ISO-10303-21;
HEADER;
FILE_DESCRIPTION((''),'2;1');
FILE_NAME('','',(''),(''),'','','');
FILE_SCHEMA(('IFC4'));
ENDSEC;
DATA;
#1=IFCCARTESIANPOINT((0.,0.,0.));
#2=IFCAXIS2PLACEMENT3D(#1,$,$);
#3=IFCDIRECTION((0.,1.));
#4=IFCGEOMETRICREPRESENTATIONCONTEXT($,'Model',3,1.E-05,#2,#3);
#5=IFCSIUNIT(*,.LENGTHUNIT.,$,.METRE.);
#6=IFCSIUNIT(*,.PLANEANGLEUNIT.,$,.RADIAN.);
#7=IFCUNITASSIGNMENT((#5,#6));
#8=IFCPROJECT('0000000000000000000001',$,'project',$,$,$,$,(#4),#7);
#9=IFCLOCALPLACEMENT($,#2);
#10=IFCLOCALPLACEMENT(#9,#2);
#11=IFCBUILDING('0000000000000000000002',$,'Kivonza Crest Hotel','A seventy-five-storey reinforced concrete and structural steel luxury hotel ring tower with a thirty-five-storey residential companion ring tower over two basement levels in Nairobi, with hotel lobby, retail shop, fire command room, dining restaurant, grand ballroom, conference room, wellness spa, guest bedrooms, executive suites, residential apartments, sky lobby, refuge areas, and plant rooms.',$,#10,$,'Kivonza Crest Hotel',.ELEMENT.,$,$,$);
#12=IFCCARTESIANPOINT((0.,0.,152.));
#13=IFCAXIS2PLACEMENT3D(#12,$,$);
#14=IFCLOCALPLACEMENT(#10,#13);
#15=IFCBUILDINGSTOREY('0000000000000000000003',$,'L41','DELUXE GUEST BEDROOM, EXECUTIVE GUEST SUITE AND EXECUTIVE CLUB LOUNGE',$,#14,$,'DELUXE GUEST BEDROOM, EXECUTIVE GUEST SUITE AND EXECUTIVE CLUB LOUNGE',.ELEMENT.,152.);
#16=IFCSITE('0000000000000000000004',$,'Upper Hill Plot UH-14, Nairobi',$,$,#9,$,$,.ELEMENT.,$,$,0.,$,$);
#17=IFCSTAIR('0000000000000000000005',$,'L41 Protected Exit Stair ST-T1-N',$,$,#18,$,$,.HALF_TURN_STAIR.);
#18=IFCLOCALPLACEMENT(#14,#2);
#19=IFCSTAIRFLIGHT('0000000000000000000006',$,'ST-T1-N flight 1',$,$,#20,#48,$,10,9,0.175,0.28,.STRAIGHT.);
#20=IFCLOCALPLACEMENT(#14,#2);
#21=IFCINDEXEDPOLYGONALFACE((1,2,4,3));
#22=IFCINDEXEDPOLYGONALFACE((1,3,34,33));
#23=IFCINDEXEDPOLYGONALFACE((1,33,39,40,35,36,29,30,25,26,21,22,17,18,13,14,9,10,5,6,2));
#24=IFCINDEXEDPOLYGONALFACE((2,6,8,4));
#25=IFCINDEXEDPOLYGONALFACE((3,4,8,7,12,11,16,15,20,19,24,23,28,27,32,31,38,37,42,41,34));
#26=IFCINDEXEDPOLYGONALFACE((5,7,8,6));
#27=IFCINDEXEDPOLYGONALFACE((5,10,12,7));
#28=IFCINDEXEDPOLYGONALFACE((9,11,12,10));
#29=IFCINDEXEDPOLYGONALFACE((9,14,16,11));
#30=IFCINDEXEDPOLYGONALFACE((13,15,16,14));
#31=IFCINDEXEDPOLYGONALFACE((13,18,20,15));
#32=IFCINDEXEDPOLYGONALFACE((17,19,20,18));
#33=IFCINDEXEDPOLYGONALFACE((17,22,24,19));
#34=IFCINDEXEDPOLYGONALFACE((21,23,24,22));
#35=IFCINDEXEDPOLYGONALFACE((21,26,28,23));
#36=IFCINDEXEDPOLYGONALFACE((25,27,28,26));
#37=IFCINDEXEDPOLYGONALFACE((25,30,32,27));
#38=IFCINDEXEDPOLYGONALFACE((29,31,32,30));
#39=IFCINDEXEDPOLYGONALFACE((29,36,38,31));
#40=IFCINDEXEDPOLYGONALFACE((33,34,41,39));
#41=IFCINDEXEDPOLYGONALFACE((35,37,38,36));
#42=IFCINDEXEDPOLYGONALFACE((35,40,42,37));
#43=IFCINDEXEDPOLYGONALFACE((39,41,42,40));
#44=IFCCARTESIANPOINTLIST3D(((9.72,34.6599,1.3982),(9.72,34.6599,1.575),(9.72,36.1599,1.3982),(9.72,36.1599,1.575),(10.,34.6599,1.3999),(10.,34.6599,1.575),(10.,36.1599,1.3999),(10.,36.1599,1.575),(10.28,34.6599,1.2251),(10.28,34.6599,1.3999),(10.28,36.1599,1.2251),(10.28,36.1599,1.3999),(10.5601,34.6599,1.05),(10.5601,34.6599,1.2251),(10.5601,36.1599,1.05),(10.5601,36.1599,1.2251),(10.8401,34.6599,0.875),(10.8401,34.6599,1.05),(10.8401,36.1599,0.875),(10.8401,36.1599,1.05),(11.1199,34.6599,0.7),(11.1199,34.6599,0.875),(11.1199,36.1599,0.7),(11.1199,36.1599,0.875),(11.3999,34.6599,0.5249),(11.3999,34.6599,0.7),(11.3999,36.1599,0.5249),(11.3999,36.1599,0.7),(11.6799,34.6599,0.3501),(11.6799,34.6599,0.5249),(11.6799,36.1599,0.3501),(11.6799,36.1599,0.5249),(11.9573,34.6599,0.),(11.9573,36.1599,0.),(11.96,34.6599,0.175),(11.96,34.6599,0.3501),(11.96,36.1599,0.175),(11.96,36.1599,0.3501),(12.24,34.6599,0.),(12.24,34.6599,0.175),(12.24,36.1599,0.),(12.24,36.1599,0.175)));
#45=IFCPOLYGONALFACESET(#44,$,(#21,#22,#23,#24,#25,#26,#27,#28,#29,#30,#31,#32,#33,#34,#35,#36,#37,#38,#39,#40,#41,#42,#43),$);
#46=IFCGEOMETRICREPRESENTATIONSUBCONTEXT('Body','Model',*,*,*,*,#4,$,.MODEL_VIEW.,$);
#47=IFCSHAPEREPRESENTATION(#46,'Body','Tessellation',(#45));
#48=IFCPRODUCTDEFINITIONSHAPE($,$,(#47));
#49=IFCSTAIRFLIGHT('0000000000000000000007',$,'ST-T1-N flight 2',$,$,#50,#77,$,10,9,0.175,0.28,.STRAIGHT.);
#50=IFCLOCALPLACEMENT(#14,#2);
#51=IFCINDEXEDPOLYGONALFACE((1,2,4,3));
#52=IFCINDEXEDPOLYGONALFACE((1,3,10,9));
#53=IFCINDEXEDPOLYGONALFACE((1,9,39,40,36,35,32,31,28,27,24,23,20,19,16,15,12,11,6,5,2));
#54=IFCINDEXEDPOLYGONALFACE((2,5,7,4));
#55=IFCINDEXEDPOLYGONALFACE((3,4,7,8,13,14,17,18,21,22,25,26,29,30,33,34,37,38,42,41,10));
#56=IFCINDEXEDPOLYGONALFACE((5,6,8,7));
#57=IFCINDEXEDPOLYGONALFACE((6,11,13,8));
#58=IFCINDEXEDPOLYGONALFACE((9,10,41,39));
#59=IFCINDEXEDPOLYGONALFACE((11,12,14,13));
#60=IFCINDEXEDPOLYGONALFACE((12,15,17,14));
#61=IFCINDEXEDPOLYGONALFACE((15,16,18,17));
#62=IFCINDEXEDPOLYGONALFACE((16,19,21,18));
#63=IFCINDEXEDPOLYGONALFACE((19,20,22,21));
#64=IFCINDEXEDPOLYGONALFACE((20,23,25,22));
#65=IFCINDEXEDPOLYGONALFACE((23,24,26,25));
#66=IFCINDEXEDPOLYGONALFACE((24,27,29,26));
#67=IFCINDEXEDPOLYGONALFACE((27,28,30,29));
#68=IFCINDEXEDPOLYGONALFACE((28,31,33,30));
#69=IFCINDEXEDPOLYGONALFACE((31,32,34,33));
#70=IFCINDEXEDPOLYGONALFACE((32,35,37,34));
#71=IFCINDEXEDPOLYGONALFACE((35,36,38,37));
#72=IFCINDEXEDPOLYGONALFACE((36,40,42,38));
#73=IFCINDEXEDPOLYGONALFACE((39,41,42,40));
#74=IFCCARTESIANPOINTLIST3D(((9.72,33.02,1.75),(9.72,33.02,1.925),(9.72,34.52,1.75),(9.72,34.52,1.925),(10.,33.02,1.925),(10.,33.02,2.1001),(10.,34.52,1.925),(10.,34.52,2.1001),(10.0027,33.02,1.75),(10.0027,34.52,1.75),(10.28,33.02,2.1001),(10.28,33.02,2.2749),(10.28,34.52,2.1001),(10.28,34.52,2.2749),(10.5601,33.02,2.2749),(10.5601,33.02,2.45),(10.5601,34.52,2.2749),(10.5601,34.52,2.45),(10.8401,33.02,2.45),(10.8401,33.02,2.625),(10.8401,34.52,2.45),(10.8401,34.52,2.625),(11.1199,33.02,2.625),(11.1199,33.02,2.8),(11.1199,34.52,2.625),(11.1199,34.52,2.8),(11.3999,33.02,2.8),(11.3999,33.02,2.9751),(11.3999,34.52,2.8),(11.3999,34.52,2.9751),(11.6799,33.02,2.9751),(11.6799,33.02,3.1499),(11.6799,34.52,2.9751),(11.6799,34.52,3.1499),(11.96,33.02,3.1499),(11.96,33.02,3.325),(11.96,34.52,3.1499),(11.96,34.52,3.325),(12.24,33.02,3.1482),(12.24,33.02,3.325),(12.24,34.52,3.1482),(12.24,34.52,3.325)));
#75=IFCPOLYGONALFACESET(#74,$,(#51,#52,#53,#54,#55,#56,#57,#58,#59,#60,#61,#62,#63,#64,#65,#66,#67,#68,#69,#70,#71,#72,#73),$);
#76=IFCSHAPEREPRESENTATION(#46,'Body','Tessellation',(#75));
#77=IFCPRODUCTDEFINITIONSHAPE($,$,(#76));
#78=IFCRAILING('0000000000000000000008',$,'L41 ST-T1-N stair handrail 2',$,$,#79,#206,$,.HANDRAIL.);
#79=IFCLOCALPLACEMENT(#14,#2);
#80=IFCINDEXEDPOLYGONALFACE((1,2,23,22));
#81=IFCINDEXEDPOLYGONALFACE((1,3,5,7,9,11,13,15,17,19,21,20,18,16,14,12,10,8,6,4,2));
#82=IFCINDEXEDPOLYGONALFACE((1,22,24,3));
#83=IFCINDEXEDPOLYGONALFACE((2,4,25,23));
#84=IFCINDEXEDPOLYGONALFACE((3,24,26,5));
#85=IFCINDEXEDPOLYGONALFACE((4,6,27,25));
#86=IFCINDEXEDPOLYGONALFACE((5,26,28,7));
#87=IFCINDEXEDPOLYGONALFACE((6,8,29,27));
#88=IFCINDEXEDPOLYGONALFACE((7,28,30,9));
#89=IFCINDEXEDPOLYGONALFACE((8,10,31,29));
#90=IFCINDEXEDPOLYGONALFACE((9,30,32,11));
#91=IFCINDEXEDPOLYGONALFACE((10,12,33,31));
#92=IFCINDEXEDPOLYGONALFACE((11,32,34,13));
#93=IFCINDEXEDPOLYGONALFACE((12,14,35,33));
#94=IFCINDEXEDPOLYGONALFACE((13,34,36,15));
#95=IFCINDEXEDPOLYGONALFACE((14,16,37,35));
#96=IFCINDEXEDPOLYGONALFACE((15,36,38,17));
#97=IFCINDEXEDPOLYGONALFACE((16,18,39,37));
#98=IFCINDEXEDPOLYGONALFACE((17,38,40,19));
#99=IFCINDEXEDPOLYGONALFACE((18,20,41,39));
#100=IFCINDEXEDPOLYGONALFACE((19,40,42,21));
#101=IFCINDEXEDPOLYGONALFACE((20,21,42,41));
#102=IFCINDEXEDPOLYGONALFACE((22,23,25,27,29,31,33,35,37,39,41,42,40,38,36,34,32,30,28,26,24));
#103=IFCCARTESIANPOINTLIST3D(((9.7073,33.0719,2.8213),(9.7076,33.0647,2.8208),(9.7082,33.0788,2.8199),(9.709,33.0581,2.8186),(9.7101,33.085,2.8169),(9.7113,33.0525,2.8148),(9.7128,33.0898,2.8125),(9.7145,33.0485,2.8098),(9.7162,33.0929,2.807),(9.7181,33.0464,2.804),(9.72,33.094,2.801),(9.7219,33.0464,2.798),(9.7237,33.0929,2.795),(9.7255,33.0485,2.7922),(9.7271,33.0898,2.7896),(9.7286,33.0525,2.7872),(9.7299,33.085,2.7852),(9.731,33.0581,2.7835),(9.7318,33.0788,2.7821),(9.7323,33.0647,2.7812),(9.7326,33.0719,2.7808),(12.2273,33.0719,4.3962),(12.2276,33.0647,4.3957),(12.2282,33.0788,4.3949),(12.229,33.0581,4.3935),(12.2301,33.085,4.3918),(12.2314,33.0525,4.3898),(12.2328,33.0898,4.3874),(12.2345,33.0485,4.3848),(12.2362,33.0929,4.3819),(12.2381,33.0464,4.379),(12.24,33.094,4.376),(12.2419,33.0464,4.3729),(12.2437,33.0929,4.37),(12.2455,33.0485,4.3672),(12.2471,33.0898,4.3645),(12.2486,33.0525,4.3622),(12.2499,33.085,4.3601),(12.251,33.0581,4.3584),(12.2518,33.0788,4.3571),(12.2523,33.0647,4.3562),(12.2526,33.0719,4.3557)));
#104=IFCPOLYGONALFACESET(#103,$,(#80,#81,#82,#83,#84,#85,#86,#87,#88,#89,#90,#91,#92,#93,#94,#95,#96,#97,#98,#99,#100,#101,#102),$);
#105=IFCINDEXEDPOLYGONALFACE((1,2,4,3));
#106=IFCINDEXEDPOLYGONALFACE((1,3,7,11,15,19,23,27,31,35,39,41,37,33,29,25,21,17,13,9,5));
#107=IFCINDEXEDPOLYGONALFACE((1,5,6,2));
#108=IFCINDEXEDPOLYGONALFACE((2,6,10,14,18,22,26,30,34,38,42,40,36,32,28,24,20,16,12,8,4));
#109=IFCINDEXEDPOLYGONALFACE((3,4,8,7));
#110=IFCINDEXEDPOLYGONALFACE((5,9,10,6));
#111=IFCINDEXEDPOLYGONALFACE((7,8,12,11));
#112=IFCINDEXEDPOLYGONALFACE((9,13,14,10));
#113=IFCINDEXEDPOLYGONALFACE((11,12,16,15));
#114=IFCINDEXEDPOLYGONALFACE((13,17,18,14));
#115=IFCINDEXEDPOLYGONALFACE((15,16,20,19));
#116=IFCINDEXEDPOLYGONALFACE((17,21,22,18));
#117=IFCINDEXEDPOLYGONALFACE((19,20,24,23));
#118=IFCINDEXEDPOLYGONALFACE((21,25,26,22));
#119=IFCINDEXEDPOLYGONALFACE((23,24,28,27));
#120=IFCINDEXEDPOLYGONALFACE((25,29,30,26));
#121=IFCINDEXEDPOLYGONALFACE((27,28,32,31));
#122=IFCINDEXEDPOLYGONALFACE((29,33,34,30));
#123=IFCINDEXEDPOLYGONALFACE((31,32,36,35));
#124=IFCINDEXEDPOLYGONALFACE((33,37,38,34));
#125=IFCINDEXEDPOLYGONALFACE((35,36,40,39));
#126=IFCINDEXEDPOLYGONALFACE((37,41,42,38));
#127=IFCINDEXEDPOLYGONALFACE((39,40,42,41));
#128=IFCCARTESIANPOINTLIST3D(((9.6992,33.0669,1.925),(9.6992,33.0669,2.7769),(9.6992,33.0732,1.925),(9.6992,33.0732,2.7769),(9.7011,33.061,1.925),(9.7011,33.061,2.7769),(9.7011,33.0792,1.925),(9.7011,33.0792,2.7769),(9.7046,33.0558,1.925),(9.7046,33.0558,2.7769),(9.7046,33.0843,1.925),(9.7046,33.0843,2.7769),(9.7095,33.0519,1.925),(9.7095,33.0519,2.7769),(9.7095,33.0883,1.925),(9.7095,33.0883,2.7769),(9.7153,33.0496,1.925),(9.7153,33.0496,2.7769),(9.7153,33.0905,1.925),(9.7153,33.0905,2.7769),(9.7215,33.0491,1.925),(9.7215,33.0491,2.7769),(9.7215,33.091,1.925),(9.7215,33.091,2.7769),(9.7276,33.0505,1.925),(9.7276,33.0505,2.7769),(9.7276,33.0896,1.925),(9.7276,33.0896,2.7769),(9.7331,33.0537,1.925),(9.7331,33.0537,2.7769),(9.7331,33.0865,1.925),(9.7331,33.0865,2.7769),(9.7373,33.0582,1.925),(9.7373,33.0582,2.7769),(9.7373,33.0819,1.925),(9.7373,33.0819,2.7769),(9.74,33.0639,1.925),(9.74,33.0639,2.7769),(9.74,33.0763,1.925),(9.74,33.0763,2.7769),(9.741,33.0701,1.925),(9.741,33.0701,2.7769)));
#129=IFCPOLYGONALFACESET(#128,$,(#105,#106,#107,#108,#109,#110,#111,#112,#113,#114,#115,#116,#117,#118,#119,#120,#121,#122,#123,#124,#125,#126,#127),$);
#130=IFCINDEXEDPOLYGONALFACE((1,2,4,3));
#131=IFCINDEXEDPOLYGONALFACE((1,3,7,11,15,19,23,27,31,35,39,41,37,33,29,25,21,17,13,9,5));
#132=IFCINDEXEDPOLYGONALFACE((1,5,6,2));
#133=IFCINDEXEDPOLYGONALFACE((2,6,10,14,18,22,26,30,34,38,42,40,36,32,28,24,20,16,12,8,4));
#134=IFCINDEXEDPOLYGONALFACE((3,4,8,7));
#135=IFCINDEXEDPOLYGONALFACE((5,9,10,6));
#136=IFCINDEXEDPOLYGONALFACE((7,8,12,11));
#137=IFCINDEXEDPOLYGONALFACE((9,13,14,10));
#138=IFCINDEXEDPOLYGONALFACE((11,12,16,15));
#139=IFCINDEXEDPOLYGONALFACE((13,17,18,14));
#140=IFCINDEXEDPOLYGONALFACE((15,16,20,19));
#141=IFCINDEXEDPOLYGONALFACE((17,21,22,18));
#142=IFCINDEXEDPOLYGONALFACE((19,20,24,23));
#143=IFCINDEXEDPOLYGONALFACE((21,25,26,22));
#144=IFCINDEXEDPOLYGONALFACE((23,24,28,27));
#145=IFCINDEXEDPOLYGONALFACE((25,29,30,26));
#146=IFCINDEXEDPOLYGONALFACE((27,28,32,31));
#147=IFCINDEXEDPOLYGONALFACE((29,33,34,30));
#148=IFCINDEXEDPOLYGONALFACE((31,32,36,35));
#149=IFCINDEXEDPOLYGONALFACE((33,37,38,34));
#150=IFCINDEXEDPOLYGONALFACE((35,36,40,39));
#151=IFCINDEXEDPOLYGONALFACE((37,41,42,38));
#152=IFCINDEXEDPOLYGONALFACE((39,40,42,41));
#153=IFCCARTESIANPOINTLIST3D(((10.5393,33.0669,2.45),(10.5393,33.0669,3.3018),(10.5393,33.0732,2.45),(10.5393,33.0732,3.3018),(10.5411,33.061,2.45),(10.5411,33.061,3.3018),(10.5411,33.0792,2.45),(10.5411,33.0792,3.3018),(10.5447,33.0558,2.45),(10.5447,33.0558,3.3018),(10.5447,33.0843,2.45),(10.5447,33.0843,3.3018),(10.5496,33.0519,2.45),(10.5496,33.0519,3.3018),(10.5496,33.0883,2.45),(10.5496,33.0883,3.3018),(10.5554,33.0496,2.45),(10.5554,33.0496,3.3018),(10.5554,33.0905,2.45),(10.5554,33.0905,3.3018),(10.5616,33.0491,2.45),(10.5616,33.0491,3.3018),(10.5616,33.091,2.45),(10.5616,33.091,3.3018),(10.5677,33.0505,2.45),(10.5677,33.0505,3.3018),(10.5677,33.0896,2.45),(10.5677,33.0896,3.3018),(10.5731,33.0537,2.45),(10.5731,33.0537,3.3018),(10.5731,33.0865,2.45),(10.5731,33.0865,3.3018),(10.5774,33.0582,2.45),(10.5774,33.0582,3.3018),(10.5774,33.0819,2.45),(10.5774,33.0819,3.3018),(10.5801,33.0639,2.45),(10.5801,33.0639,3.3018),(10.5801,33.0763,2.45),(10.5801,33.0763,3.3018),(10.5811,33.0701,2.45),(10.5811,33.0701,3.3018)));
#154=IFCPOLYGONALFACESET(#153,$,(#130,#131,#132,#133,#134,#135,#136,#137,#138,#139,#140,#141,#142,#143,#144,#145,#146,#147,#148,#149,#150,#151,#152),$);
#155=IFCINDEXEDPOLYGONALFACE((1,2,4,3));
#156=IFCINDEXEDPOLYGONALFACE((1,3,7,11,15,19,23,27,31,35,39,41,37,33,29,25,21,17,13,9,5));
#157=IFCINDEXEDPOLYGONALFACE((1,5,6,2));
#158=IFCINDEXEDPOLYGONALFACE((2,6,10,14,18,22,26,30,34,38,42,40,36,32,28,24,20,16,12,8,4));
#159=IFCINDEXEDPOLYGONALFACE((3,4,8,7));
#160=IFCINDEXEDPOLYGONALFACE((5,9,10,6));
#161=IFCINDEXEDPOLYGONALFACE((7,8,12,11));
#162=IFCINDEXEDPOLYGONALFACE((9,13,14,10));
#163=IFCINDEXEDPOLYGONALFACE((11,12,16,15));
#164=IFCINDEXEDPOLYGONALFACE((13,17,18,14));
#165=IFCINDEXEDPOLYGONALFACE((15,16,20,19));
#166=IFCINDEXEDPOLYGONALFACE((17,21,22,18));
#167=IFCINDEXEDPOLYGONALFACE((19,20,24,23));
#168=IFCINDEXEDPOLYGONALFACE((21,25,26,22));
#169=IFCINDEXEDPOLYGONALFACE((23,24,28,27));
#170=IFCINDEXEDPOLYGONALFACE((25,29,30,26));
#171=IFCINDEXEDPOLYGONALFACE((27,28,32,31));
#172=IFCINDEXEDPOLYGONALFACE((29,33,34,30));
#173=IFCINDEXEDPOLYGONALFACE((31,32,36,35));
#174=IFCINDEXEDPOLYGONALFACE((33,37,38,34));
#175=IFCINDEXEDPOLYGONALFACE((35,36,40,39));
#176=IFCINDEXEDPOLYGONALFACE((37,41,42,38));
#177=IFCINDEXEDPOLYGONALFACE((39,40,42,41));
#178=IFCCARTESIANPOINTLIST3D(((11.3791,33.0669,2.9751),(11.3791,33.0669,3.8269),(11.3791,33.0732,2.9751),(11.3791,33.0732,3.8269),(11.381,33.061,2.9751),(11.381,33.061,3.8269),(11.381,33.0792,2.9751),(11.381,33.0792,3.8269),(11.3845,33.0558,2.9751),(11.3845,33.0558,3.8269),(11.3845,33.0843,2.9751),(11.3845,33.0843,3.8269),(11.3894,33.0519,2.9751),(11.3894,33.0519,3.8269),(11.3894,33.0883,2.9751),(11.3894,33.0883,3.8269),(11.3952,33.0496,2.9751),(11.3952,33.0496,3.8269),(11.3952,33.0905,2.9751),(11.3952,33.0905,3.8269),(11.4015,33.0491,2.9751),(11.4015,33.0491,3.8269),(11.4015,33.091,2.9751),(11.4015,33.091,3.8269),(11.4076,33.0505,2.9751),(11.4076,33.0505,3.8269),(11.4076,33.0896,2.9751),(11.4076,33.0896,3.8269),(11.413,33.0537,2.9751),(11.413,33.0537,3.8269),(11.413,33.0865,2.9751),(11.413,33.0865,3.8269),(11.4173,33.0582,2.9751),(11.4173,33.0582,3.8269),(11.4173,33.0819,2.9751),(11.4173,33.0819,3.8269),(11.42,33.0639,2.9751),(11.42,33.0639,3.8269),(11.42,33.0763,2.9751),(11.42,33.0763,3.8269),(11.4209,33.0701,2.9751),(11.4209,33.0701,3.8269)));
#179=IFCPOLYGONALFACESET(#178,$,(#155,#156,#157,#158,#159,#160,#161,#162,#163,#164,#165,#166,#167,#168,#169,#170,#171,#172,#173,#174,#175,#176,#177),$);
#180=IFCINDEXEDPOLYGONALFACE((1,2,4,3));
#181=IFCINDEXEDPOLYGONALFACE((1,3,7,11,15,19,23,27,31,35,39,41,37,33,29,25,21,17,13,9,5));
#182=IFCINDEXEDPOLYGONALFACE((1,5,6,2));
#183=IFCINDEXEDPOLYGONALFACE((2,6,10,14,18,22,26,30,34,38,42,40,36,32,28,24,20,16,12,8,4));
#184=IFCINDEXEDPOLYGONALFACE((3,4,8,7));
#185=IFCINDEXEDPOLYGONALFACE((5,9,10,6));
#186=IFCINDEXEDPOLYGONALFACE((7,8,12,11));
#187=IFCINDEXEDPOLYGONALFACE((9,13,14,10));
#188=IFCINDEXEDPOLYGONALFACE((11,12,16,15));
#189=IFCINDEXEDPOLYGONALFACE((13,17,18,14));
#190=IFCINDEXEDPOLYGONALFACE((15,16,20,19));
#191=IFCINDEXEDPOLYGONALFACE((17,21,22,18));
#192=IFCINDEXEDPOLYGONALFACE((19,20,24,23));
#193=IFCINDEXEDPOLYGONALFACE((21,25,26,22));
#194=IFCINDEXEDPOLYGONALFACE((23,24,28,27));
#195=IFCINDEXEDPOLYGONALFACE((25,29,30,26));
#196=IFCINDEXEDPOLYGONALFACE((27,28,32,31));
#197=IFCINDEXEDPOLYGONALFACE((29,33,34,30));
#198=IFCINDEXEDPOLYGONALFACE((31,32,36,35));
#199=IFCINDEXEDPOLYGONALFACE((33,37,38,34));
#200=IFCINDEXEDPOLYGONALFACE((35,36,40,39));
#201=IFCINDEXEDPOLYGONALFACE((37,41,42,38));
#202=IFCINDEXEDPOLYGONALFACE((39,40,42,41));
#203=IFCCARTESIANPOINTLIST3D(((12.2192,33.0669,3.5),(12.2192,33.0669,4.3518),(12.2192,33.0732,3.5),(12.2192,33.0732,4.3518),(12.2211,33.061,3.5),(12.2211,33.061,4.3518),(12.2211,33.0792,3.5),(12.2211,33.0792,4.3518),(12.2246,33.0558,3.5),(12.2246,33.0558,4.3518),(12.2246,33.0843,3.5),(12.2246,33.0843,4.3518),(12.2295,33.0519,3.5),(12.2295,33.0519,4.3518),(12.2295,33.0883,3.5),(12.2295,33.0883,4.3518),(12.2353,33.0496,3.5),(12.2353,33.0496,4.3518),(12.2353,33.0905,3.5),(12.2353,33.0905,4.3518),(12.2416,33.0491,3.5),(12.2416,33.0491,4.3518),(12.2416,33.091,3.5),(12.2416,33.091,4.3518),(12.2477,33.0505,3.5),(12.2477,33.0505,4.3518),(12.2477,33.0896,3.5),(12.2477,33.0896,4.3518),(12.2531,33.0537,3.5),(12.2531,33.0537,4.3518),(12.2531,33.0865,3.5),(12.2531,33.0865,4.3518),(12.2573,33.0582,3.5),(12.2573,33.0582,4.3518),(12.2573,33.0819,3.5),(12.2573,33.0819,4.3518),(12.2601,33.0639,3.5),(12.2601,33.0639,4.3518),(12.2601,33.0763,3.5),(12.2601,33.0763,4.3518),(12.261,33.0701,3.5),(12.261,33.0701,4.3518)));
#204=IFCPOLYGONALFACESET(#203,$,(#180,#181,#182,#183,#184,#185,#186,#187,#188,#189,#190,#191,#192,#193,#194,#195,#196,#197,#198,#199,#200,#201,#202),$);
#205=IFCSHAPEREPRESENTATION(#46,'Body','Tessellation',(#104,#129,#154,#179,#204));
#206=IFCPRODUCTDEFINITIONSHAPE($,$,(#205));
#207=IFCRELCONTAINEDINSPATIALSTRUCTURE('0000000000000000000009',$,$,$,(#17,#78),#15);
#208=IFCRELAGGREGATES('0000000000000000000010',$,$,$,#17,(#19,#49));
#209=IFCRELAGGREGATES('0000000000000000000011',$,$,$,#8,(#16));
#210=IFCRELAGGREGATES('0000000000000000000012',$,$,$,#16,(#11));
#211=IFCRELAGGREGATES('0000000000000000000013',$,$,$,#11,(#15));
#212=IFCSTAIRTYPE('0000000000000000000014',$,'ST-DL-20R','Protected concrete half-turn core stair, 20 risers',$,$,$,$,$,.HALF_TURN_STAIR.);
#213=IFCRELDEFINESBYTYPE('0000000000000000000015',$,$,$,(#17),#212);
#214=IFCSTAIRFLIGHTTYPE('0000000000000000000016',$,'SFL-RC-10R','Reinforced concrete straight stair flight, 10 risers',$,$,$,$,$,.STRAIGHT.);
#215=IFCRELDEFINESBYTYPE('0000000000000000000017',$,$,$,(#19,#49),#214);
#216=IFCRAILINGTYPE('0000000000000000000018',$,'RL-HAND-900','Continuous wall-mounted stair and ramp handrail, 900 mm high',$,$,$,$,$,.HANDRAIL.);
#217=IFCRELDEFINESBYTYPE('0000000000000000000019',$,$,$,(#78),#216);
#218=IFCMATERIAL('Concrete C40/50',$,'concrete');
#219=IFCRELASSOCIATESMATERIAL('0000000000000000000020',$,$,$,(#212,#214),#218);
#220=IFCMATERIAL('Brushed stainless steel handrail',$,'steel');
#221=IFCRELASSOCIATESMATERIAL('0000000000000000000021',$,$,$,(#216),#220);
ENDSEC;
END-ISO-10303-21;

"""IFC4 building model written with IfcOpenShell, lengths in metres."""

from ifc_helpers import new_model, si_unit, direction, frame, origin, origin_2d, place, context, subcontext, project, spatial, polyline, circle, outline, extrude, material, type_object, element, aggregate, save


model = new_model("IFC4")

# Units and contexts
model_context = context("Model", 3, precision=1e-05, world=origin(), true_north=direction((0.0, 1.0)))
body_context = subcontext(model_context, "Body", "Model", "MODEL_VIEW")
ifc_project = project(units=[si_unit("LENGTHUNIT", "METRE"), si_unit("PLANEANGLEUNIT", "RADIAN")], contexts=[model_context])

# Site, building, storey
site_placement = place(None, origin())
site = spatial("IfcSite", under=ifc_project, at=site_placement, Name="Upper Hill Plot UH-14, Nairobi", CompositionType="ELEMENT", RefElevation=0.0)
building_placement = place(site_placement, origin())
building = spatial("IfcBuilding", under=site, at=building_placement, Name="Kivonza Crest Hotel", Description="A seventy-five-storey reinforced concrete and structural steel luxury hotel ring tower with a thirty-five-storey residential companion ring tower over two basement levels in Nairobi, with hotel lobby, retail shop, fire command room, dining restaurant, grand ballroom, conference room, wellness spa, guest bedrooms, executive suites, residential apartments, sky lobby, refuge areas, and plant rooms.", LongName="Kivonza Crest Hotel", CompositionType="ELEMENT")
storey_placement = place(building_placement, frame((0.0, 0.0, 152.0)))
storey = spatial("IfcBuildingStorey", under=building, at=storey_placement, Name="L41", Description="DELUXE GUEST BEDROOM, EXECUTIVE GUEST SUITE AND EXECUTIVE CLUB LOUNGE", LongName="DELUXE GUEST BEDROOM, EXECUTIVE GUEST SUITE AND EXECUTIVE CLUB LOUNGE", CompositionType="ELEMENT", Elevation=152.0)

# Stair, stair flights
ifc_material_1 = material(Name="Concrete C40/50", Category="concrete")
stair_type = type_object("IfcStairType", Name="ST-DL-20R", Description="Protected concrete half-turn core stair, 20 risers", PredefinedType="HALF_TURN_STAIR", material=ifc_material_1)
stair_placement = place(storey_placement, origin())
stair = element("IfcStair", 1, at=stair_placement, inside=storey, type_object=stair_type, Name="L41 Protected Exit Stair ST-T1-N", PredefinedType="HALF_TURN_STAIR")
stair_flight_type = type_object("IfcStairFlightType", Name="SFL-RC-10R", Description="Reinforced concrete straight stair flight, 10 risers", PredefinedType="STRAIGHT", material=ifc_material_1)
stair_flight_1_placement = place(storey_placement, frame((12.24, 35.4099, 0.0), z_axis=(0.0, 0.0, 1.0), x_axis=(-1.0, 0.0, 0.0)))
stair_flight_1 = element("IfcStairFlight", 2, at=stair_flight_1_placement, type_object=stair_flight_type, Name="ST-T1-N flight 1", NumberOfRisers=10, NumberOfTreads=9, PredefinedType="STRAIGHT", RiserHeight=0.175, TreadLength=0.28, context=body_context, shape_type="SweptSolid", body=[
    extrude(outline(polyline([(0.0, 0.0), (0.0, 0.175), (0.28, 0.175), (0.28, 0.3501), (0.5601, 0.3501), (0.5601, 0.5249), (0.8401, 0.5249), (0.8401, 0.7), (1.1201, 0.7), (1.1201, 0.875), (1.3999, 0.875), (1.3999, 1.05), (1.6799, 1.05), (1.6799, 1.2251), (1.96, 1.2251), (1.96, 1.3999), (2.24, 1.3999), (2.24, 1.575), (2.52, 1.575), (2.52, 1.75), (2.52, 1.3982), (0.2827, 0.0), (0.0, 0.0)])), frame((0.0, 0.75, 0.0), z_axis=(0.0, -1.0, 0.0), x_axis=(1.0, 0.0, 0.0)), (0.0, 0.0, 1.0), 1.5),
])
stair_flight_2_placement = place(storey_placement, frame((9.72, 33.77, 1.75), z_axis=(0.0, 0.0, 1.0), x_axis=(1.0, 0.0, 0.0)))
stair_flight_2 = element("IfcStairFlight", 3, at=stair_flight_2_placement, type_object=stair_flight_type, Name="ST-T1-N flight 2", NumberOfRisers=10, NumberOfTreads=9, PredefinedType="STRAIGHT", RiserHeight=0.175, TreadLength=0.28, context=body_context, shape_type="SweptSolid", body=[
    extrude(outline(polyline([(0.0, 0.0), (0.0, 0.175), (0.28, 0.175), (0.28, 0.3501), (0.5601, 0.3501), (0.5601, 0.5249), (0.8401, 0.5249), (0.8401, 0.7), (1.1201, 0.7), (1.1201, 0.875), (1.3999, 0.875), (1.3999, 1.05), (1.6799, 1.05), (1.6799, 1.2251), (1.96, 1.2251), (1.96, 1.3999), (2.24, 1.3999), (2.24, 1.575), (2.52, 1.575), (2.52, 1.75), (2.52, 1.3982), (0.2827, 0.0), (0.0, 0.0)])), frame((0.0, 0.75, 0.0), z_axis=(0.0, -1.0, 0.0), x_axis=(1.0, 0.0, 0.0)), (0.0, 0.0, 1.0), 1.5),
])
aggregate(stair, [stair_flight_1, stair_flight_2])

# Railing
ifc_material_2 = material(Name="Brushed stainless steel handrail", Category="steel")
railing_type_1 = type_object("IfcRailingType", Name="RL-HAND-900", Description="Continuous wall-mounted stair and ramp handrail, 900 mm high", PredefinedType="HANDRAIL", material=ifc_material_2)
railing_1_placement = place(storey_placement, frame((9.72, 33.0701, 1.925)))
element("IfcRailing", 4, at=railing_1_placement, inside=storey, type_object=railing_type_1, Name="L41 ST-T1-N stair handrail 2", PredefinedType="HANDRAIL", context=body_context, shape_type="SweptSolid", body=[
    extrude(circle(Radius=0.0239, at=origin_2d()), frame((0.0, 0.0, 0.876), z_axis=(0.848008, 0.0, 0.529984), x_axis=(0.0, 1.0, 0.0)), (0.0, 0.0, 1.0), 2.9717),
    extrude(circle(Radius=0.021, at=origin_2d()), origin(), (0.0, 0.0, 1.0), 0.8518),
    extrude(circle(Radius=0.021, at=origin_2d()), frame((0.8401, 0.0, 0.5249)), (0.0, 0.0, 1.0), 0.8518),
    extrude(circle(Radius=0.021, at=origin_2d()), frame((1.6799, 0.0, 1.05)), (0.0, 0.0, 1.0), 0.8518),
    extrude(circle(Radius=0.021, at=origin_2d()), frame((2.52, 0.0, 1.575)), (0.0, 0.0, 1.0), 0.8518),
])

save(model, "model.ifc")
